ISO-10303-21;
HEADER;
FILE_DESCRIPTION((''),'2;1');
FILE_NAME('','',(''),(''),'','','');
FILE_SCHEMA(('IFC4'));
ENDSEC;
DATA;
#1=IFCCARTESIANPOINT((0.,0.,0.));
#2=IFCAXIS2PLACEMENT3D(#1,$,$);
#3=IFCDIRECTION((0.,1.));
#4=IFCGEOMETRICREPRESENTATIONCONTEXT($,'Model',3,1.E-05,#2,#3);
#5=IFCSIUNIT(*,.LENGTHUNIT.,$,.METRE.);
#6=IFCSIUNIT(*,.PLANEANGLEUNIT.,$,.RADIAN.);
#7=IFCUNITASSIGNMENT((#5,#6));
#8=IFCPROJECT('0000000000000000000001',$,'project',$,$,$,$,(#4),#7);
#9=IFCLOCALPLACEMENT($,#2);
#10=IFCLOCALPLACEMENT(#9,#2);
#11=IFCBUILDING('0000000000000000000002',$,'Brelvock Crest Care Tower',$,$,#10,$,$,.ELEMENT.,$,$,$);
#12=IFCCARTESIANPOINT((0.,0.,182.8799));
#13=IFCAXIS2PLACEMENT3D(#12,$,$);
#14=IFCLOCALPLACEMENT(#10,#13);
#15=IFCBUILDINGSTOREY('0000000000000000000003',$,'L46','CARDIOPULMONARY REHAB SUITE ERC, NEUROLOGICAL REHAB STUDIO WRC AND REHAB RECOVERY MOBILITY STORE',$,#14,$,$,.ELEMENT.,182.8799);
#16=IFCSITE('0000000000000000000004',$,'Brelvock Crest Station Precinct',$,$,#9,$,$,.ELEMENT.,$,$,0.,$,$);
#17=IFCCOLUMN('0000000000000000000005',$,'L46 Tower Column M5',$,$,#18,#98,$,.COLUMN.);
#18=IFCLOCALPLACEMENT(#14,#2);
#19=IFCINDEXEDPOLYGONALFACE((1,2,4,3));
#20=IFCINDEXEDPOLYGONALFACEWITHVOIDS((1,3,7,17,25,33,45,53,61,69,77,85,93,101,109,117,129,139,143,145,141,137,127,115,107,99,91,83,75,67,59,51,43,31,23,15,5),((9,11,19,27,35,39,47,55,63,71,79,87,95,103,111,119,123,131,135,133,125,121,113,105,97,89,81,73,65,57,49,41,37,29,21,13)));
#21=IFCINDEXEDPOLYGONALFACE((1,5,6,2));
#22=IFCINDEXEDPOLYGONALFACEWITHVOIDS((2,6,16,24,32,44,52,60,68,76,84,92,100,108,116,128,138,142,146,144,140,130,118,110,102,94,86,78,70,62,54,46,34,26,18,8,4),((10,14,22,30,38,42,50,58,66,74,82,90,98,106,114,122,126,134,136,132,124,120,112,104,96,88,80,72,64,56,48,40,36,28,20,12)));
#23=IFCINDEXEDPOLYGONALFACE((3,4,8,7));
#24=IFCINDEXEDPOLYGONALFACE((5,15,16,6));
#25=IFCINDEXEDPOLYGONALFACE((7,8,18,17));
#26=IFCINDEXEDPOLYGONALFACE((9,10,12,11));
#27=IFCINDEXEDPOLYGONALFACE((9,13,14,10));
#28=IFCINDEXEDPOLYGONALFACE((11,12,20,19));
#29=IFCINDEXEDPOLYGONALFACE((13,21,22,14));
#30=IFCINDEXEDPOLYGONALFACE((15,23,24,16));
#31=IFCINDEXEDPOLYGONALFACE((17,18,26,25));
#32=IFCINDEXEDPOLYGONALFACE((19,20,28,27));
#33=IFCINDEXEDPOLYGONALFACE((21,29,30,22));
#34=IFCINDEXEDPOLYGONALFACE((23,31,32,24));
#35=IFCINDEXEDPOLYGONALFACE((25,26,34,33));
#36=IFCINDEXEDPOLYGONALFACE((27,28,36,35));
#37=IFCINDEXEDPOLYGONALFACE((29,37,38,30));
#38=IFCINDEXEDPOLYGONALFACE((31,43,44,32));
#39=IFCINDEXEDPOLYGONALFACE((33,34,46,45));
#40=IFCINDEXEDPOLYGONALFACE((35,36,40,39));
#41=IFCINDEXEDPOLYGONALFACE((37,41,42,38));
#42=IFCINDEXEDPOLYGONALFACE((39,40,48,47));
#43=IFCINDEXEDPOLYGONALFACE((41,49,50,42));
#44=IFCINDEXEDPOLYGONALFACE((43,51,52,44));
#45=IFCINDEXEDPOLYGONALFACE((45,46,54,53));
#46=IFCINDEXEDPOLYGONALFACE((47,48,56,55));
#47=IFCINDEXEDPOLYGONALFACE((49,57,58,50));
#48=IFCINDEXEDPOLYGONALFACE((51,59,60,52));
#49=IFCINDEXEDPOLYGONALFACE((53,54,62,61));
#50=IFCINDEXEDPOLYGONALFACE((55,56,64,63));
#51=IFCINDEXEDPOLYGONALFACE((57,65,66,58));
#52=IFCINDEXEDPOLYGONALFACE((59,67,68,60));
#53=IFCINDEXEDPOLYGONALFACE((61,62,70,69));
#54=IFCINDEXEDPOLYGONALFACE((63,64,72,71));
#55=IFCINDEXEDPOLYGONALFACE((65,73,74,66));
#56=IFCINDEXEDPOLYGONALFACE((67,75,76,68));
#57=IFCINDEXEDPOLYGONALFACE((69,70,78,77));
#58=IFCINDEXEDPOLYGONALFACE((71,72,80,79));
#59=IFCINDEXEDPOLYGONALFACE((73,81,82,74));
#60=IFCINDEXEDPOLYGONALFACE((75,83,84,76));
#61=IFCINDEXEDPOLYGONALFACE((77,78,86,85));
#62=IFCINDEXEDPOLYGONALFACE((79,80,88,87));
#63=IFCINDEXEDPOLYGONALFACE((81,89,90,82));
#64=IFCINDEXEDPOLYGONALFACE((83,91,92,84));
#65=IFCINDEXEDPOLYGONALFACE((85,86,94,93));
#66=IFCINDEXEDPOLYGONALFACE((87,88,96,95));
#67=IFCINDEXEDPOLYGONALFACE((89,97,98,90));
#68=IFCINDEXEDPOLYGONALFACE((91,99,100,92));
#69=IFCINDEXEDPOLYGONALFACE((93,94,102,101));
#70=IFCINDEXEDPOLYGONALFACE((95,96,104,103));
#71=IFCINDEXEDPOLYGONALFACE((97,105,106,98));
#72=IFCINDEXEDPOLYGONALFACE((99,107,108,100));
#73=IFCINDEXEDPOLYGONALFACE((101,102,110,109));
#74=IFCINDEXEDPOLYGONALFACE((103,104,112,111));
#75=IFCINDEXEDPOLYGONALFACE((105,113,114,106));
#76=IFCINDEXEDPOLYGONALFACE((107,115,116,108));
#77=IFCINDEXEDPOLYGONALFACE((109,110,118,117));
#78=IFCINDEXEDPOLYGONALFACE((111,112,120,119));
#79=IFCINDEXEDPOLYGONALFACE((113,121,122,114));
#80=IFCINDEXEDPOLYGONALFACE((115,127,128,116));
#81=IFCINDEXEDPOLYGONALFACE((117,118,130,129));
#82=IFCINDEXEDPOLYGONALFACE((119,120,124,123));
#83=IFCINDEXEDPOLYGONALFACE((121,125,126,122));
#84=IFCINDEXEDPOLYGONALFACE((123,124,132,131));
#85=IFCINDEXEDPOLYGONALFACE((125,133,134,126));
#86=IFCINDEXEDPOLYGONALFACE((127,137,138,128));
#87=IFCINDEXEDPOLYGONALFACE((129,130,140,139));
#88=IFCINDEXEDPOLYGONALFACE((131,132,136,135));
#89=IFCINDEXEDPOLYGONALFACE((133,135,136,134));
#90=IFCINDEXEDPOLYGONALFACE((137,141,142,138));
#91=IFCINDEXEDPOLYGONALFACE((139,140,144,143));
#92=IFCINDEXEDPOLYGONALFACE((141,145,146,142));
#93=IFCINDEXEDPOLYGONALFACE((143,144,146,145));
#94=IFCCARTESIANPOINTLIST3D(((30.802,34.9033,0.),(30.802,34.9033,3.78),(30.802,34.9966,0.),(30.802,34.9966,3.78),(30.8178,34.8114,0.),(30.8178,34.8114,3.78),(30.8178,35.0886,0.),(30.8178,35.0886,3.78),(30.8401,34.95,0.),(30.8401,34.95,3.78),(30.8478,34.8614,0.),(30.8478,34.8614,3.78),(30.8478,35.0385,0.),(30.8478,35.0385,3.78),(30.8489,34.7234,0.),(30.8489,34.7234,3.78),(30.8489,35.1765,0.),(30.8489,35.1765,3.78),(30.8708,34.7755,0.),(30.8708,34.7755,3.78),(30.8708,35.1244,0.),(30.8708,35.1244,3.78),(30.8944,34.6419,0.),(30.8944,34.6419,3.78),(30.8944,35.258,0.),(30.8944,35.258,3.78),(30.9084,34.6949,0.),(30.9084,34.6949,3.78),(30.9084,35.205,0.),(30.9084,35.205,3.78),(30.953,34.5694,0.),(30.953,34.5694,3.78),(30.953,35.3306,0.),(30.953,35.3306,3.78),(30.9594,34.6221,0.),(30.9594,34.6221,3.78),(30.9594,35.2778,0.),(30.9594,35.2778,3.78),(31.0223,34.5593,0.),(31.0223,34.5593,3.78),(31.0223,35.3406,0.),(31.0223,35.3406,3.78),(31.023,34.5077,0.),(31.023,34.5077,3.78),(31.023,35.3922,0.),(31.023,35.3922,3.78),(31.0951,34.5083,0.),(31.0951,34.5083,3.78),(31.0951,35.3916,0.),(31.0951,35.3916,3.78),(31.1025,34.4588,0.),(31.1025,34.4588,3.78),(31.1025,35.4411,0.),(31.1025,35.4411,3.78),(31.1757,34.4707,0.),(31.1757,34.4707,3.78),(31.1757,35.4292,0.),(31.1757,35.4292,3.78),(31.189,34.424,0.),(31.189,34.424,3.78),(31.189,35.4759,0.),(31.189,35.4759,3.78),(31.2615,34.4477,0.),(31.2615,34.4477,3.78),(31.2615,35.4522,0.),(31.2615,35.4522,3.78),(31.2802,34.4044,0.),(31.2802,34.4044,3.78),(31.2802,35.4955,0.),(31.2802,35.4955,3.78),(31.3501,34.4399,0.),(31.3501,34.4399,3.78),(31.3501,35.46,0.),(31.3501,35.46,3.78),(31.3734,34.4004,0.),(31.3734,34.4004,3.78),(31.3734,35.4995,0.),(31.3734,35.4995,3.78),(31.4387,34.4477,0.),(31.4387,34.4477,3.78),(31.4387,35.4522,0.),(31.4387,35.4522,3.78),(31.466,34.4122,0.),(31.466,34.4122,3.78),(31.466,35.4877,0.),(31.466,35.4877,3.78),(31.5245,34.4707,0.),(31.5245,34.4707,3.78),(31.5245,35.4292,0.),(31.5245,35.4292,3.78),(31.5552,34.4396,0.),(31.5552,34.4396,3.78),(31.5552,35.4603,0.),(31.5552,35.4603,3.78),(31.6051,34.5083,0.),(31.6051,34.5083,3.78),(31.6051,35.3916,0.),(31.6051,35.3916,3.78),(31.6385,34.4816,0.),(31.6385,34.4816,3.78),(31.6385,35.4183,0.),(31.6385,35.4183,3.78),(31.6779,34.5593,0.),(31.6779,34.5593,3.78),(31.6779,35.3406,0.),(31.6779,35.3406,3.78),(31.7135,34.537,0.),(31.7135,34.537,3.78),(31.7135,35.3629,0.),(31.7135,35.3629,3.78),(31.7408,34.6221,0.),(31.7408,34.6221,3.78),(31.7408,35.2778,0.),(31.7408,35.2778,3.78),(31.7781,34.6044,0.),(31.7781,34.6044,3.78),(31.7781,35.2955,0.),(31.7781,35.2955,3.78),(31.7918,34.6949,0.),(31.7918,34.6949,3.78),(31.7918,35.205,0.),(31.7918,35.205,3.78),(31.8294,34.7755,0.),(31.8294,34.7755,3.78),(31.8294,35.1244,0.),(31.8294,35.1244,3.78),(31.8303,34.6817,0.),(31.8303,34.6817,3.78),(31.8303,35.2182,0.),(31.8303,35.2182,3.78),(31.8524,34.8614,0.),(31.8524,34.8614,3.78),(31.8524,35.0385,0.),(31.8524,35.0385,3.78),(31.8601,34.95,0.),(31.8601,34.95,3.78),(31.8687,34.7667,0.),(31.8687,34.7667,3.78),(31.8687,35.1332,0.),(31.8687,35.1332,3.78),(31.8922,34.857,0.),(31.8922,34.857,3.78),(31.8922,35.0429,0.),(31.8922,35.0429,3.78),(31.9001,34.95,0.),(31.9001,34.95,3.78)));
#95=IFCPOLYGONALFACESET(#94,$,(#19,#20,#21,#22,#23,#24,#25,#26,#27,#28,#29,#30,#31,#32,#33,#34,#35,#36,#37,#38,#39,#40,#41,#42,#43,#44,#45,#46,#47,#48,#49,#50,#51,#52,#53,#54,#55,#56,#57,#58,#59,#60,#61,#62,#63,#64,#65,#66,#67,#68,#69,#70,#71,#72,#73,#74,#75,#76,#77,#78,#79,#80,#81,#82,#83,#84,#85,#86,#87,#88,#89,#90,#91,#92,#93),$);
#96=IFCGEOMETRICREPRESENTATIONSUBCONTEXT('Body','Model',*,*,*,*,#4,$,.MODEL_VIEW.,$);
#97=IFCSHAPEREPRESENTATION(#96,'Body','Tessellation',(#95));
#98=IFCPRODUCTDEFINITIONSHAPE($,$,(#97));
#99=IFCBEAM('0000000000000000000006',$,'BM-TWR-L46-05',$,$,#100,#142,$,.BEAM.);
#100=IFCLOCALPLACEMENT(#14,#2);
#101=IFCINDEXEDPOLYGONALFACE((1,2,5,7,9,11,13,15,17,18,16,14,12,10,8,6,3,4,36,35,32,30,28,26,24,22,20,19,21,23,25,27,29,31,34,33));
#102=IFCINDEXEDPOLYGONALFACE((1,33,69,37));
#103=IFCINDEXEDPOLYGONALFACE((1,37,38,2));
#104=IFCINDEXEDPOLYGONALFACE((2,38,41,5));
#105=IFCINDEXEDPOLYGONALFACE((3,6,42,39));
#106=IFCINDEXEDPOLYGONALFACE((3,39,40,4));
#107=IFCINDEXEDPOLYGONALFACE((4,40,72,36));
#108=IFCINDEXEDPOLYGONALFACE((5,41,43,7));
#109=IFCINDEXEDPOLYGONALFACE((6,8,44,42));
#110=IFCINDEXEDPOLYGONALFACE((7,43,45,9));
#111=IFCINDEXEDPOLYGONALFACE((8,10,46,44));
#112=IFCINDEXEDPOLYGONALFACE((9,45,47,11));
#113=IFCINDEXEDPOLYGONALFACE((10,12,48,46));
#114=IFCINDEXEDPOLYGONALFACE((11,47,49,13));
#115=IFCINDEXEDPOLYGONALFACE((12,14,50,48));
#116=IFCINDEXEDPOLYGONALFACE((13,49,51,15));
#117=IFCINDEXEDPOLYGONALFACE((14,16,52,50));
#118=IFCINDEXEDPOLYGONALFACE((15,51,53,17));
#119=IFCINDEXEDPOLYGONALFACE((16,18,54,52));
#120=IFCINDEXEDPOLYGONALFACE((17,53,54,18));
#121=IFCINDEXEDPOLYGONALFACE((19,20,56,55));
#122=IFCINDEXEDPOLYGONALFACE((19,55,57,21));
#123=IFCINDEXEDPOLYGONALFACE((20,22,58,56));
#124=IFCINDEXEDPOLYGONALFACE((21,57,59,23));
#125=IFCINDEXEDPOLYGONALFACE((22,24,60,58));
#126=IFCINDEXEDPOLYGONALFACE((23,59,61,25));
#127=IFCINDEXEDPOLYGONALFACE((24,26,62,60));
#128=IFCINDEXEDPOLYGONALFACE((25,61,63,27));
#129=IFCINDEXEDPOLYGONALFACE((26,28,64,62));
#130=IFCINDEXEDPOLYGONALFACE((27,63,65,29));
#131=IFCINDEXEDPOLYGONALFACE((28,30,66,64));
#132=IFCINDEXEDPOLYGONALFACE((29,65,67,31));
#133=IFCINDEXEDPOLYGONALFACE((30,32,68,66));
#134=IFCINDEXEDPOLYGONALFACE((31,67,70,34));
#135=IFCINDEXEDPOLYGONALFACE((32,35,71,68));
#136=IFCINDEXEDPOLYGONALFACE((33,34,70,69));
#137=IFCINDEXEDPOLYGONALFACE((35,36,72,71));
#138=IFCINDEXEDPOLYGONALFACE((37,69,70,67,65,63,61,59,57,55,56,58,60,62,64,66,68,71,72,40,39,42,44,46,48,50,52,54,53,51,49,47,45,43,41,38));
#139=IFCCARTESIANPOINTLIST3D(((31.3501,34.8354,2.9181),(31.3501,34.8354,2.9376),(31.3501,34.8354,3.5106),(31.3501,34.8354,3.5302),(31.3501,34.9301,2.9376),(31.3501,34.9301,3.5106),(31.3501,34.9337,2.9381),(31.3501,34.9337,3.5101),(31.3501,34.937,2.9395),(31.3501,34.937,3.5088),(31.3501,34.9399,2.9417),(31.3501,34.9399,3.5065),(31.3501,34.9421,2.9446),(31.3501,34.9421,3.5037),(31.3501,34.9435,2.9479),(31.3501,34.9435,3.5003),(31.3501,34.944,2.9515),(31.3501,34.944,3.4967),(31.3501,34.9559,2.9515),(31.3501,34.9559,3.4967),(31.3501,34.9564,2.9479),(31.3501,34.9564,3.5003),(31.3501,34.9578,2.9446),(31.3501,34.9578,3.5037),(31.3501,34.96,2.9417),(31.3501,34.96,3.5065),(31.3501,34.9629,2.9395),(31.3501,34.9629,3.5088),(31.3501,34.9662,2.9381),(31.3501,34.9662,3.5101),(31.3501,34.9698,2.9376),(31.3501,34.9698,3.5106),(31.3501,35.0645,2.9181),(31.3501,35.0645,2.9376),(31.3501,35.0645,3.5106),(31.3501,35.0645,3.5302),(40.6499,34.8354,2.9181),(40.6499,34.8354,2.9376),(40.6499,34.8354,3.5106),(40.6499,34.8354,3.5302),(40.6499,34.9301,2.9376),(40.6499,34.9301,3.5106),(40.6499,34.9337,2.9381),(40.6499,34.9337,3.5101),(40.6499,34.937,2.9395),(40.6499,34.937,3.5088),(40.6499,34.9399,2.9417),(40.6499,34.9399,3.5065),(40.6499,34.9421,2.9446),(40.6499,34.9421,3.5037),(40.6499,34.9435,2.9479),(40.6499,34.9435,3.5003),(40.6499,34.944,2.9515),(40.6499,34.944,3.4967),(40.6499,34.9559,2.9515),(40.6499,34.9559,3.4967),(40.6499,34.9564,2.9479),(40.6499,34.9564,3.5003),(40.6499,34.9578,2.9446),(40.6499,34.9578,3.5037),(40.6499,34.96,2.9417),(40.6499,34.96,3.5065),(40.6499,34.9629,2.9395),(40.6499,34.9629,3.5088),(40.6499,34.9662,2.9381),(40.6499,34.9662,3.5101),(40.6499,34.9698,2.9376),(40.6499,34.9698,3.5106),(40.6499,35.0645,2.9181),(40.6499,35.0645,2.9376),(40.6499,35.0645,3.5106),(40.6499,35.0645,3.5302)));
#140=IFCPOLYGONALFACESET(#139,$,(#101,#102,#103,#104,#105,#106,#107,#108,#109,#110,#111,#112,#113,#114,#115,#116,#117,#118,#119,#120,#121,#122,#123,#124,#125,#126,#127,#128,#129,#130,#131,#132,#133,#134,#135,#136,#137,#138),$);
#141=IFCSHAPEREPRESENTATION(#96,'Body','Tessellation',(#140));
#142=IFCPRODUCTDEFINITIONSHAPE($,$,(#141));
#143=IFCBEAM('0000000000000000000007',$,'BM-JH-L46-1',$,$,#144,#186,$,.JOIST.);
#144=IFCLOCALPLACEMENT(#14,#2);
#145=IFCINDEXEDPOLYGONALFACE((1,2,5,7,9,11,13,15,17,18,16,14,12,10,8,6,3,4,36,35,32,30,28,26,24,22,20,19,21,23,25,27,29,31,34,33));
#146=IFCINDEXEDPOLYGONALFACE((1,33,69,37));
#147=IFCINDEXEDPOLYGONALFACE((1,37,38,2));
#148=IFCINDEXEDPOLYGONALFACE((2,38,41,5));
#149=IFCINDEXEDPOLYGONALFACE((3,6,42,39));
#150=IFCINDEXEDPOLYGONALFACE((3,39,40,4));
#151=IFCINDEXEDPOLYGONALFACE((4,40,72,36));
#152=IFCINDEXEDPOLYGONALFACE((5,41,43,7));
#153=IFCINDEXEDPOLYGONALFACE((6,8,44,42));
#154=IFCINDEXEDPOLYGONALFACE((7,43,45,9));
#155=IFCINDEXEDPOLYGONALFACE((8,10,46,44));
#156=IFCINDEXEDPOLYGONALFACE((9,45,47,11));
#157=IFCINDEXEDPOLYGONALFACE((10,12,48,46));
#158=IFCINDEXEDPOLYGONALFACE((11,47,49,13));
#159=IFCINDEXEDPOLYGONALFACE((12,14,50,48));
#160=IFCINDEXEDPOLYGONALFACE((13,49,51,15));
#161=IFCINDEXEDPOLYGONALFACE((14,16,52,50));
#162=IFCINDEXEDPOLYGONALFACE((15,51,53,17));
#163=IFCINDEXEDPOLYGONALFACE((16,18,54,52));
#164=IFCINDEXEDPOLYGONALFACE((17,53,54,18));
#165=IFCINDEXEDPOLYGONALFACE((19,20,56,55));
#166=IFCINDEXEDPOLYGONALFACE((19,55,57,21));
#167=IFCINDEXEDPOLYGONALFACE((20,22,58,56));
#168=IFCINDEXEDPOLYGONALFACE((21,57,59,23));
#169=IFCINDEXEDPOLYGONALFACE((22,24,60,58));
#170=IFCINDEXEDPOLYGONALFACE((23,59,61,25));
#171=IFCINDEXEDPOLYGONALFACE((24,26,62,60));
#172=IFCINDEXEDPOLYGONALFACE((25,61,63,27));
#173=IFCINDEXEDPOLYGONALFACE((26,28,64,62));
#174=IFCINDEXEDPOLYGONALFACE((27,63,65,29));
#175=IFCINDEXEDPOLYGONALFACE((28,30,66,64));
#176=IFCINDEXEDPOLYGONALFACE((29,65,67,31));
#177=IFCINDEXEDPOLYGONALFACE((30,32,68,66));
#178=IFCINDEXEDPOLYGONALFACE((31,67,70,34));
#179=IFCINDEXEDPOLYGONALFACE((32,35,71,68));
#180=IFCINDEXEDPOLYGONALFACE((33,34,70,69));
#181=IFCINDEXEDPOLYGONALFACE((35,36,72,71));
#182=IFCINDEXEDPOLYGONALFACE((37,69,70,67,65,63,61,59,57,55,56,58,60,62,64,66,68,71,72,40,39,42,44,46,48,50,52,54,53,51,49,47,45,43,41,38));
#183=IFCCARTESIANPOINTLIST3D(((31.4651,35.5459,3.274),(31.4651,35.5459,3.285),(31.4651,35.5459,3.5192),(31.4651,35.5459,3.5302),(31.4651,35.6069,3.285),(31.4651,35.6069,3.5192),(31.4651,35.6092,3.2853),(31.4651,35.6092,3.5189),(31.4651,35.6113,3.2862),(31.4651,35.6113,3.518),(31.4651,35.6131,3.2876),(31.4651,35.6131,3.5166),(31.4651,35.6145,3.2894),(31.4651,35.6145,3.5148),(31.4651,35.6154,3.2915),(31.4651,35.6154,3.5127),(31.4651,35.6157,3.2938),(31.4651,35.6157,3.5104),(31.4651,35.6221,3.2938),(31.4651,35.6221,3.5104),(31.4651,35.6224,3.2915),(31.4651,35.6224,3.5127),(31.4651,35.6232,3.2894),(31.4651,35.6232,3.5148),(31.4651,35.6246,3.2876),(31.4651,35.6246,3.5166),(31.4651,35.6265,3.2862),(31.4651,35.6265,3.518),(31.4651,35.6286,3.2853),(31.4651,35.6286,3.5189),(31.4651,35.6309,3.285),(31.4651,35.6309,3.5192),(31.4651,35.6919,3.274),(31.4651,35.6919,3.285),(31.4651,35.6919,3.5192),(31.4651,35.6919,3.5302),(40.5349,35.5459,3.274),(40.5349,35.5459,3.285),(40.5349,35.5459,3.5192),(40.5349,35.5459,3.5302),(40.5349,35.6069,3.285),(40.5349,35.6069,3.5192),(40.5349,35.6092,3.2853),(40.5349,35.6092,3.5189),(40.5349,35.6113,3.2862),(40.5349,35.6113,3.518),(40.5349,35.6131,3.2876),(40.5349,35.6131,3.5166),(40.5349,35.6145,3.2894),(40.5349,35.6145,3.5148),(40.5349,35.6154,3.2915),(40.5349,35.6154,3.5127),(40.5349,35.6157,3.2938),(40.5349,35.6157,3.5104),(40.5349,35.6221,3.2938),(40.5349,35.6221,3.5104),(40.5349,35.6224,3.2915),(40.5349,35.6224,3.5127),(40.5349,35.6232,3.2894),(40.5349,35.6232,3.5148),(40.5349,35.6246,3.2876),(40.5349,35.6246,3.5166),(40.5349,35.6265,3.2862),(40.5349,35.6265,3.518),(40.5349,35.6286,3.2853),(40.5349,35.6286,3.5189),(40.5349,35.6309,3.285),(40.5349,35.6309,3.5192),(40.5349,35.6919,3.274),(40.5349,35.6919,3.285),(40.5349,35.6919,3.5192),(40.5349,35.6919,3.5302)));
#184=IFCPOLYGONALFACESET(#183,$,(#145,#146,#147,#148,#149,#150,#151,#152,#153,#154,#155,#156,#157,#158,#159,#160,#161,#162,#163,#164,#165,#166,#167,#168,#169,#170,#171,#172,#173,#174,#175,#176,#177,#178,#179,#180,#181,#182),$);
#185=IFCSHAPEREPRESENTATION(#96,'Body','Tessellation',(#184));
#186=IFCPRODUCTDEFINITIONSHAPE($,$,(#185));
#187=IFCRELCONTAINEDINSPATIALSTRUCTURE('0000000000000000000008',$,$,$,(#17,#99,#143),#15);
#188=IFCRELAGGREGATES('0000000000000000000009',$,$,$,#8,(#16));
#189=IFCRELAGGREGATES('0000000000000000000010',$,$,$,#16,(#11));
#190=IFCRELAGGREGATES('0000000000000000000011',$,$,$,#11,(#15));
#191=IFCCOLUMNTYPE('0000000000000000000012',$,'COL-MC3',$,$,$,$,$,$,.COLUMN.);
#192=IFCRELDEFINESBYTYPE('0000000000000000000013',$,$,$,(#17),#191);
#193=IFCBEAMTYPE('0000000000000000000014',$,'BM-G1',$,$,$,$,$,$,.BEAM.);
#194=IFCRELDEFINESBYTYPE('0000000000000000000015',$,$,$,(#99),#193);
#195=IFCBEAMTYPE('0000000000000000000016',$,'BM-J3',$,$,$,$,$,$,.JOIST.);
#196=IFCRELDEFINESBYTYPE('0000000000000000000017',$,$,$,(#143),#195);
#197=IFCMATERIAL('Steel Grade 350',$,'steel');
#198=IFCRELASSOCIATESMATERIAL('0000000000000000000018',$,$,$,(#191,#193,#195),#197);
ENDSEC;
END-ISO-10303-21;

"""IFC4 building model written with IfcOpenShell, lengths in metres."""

from ifc_helpers import new_model, si_unit, direction, frame, origin, origin_2d, place, context, subcontext, project, spatial, hollow_circle, i_section, extrude, source, transform, mapped, material, material_profile, profile_set, type_object, element, save


model = new_model("IFC4")

# Units and contexts
model_context = context("Model", 3, precision=1e-05, world=origin(), true_north=direction((0.0, 1.0)))
body_context = subcontext(model_context, "Body", "Model", "MODEL_VIEW")
ifc_project = project(units=[si_unit("LENGTHUNIT", "METRE"), si_unit("PLANEANGLEUNIT", "RADIAN")], contexts=[model_context])

# Site, building, storey
site_placement = place(None, origin())
site = spatial("IfcSite", under=ifc_project, at=site_placement, Name="Brelvock Crest Station Precinct", CompositionType="ELEMENT", RefElevation=0.0)
building_placement = place(site_placement, origin())
building = spatial("IfcBuilding", under=site, at=building_placement, Name="Brelvock Crest Care Tower", CompositionType="ELEMENT")
storey_placement = place(building_placement, frame((0.0, 0.0, 182.8799)))
storey = spatial("IfcBuildingStorey", under=building, at=storey_placement, Name="L46", Description="CARDIOPULMONARY REHAB SUITE ERC, NEUROLOGICAL REHAB STUDIO WRC AND REHAB RECOVERY MOBILITY STORE", CompositionType="ELEMENT", Elevation=182.8799)

# Column
ifc_material_1 = material(Name="Steel Grade 350", Category="steel")
ifc_material_profile_1 = material_profile(ifc_material_1, hollow_circle(Radius=0.55, WallThickness=0.04, at=origin_2d()), Name="CFT1100x40")
ifc_profile_set_1 = profile_set([ifc_material_profile_1], Name="Steel Grade 350")
column_type = type_object("IfcColumnType", Name="COL-MC3", PredefinedType="COLUMN", material=ifc_profile_set_1)
shared_shape_1 = source(origin(), body_context, "Body", "SweptSolid", [
    extrude(hollow_circle(Radius=0.55, WallThickness=0.04, at=origin_2d()), origin(), (0.0, 0.0, 1.0), 3.78),
])
column_placement = place(storey_placement, frame((31.3501, 34.95, 0.0), z_axis=(0.0, 0.0, 1.0), x_axis=(1.0, 0.0, 0.0)))
element("IfcColumn", 1, at=column_placement, inside=storey, type_object=column_type, Name="L46 Tower Column M5", PredefinedType="COLUMN", context=body_context, shape_type="MappedRepresentation", body=[
    mapped(shared_shape_1, transform((0.0, 0.0, 0.0), x_axis=(1.0, 0.0, 0.0), y_axis=(0.0, 1.0, 0.0), z_axis=(0.0, 0.0, 1.0), scale=1.0)),
])

# Beams
ifc_material_profile_2 = material_profile(ifc_material_1, i_section(OverallWidth=0.229, OverallDepth=0.6121, WebThickness=0.012, FlangeThickness=0.0195, FilletRadius=0.0139, at=origin_2d()), Name="610UB125")
ifc_profile_set_2 = profile_set([ifc_material_profile_2], Name="Steel Grade 350")
beam_type_1 = type_object("IfcBeamType", Name="BM-G1", PredefinedType="BEAM", material=ifc_profile_set_2)
shared_shape_2 = source(origin(), body_context, "Body", "SweptSolid", [
    extrude(i_section(OverallWidth=0.229, OverallDepth=0.6121, WebThickness=0.012, FlangeThickness=0.0195, FilletRadius=0.0139, at=origin_2d()), origin(), (0.0, 0.0, 1.0), 9.2998),
])
beam_1_placement = place(storey_placement, frame((31.3501, 34.95, 3.2241), z_axis=(1.0, 0.0, 0.0), x_axis=(0.0, 1.0, 0.0)))
element("IfcBeam", 2, at=beam_1_placement, inside=storey, type_object=beam_type_1, Name="BM-TWR-L46-05", PredefinedType="BEAM", context=body_context, shape_type="MappedRepresentation", body=[
    mapped(shared_shape_2, transform((0.0, 0.0, 0.0), x_axis=(1.0, 0.0, 0.0), y_axis=(0.0, 1.0, 0.0), z_axis=(0.0, 0.0, 1.0), scale=1.0)),
])
ifc_material_profile_3 = material_profile(ifc_material_1, i_section(OverallWidth=0.146, OverallDepth=0.2561, WebThickness=0.0063, FlangeThickness=0.011, FilletRadius=0.0088, at=origin_2d()), Name="250UB37.3")
ifc_profile_set_3 = profile_set([ifc_material_profile_3], Name="Steel Grade 350")
beam_type_2 = type_object("IfcBeamType", Name="BM-J3", PredefinedType="JOIST", material=ifc_profile_set_3)
shared_shape_3 = source(origin(), body_context, "Body", "SweptSolid", [
    extrude(i_section(OverallWidth=0.146, OverallDepth=0.2561, WebThickness=0.0063, FlangeThickness=0.011, FilletRadius=0.0088, at=origin_2d()), origin(), (0.0, 0.0, 1.0), 9.0698),
])
for number, where, z_axis, x_axis, name in (
    (3, (31.4651, 35.6189, 3.4021), (1.0, 0.0, 0.0), (0.0, 1.0, 0.0), "BM-JH-L46-1"),
):
    element("IfcBeam", number, at=place(storey_placement, frame(where, z_axis=z_axis, x_axis=x_axis)), inside=storey, type_object=beam_type_2, Name=name, PredefinedType="JOIST", context=body_context, shape_type="MappedRepresentation", body=[
        mapped(shared_shape_3, transform((0.0, 0.0, 0.0), x_axis=(1.0, 0.0, 0.0), y_axis=(0.0, 1.0, 0.0), z_axis=(0.0, 0.0, 1.0), scale=1.0)),
    ])

save(model, "model.ifc")
